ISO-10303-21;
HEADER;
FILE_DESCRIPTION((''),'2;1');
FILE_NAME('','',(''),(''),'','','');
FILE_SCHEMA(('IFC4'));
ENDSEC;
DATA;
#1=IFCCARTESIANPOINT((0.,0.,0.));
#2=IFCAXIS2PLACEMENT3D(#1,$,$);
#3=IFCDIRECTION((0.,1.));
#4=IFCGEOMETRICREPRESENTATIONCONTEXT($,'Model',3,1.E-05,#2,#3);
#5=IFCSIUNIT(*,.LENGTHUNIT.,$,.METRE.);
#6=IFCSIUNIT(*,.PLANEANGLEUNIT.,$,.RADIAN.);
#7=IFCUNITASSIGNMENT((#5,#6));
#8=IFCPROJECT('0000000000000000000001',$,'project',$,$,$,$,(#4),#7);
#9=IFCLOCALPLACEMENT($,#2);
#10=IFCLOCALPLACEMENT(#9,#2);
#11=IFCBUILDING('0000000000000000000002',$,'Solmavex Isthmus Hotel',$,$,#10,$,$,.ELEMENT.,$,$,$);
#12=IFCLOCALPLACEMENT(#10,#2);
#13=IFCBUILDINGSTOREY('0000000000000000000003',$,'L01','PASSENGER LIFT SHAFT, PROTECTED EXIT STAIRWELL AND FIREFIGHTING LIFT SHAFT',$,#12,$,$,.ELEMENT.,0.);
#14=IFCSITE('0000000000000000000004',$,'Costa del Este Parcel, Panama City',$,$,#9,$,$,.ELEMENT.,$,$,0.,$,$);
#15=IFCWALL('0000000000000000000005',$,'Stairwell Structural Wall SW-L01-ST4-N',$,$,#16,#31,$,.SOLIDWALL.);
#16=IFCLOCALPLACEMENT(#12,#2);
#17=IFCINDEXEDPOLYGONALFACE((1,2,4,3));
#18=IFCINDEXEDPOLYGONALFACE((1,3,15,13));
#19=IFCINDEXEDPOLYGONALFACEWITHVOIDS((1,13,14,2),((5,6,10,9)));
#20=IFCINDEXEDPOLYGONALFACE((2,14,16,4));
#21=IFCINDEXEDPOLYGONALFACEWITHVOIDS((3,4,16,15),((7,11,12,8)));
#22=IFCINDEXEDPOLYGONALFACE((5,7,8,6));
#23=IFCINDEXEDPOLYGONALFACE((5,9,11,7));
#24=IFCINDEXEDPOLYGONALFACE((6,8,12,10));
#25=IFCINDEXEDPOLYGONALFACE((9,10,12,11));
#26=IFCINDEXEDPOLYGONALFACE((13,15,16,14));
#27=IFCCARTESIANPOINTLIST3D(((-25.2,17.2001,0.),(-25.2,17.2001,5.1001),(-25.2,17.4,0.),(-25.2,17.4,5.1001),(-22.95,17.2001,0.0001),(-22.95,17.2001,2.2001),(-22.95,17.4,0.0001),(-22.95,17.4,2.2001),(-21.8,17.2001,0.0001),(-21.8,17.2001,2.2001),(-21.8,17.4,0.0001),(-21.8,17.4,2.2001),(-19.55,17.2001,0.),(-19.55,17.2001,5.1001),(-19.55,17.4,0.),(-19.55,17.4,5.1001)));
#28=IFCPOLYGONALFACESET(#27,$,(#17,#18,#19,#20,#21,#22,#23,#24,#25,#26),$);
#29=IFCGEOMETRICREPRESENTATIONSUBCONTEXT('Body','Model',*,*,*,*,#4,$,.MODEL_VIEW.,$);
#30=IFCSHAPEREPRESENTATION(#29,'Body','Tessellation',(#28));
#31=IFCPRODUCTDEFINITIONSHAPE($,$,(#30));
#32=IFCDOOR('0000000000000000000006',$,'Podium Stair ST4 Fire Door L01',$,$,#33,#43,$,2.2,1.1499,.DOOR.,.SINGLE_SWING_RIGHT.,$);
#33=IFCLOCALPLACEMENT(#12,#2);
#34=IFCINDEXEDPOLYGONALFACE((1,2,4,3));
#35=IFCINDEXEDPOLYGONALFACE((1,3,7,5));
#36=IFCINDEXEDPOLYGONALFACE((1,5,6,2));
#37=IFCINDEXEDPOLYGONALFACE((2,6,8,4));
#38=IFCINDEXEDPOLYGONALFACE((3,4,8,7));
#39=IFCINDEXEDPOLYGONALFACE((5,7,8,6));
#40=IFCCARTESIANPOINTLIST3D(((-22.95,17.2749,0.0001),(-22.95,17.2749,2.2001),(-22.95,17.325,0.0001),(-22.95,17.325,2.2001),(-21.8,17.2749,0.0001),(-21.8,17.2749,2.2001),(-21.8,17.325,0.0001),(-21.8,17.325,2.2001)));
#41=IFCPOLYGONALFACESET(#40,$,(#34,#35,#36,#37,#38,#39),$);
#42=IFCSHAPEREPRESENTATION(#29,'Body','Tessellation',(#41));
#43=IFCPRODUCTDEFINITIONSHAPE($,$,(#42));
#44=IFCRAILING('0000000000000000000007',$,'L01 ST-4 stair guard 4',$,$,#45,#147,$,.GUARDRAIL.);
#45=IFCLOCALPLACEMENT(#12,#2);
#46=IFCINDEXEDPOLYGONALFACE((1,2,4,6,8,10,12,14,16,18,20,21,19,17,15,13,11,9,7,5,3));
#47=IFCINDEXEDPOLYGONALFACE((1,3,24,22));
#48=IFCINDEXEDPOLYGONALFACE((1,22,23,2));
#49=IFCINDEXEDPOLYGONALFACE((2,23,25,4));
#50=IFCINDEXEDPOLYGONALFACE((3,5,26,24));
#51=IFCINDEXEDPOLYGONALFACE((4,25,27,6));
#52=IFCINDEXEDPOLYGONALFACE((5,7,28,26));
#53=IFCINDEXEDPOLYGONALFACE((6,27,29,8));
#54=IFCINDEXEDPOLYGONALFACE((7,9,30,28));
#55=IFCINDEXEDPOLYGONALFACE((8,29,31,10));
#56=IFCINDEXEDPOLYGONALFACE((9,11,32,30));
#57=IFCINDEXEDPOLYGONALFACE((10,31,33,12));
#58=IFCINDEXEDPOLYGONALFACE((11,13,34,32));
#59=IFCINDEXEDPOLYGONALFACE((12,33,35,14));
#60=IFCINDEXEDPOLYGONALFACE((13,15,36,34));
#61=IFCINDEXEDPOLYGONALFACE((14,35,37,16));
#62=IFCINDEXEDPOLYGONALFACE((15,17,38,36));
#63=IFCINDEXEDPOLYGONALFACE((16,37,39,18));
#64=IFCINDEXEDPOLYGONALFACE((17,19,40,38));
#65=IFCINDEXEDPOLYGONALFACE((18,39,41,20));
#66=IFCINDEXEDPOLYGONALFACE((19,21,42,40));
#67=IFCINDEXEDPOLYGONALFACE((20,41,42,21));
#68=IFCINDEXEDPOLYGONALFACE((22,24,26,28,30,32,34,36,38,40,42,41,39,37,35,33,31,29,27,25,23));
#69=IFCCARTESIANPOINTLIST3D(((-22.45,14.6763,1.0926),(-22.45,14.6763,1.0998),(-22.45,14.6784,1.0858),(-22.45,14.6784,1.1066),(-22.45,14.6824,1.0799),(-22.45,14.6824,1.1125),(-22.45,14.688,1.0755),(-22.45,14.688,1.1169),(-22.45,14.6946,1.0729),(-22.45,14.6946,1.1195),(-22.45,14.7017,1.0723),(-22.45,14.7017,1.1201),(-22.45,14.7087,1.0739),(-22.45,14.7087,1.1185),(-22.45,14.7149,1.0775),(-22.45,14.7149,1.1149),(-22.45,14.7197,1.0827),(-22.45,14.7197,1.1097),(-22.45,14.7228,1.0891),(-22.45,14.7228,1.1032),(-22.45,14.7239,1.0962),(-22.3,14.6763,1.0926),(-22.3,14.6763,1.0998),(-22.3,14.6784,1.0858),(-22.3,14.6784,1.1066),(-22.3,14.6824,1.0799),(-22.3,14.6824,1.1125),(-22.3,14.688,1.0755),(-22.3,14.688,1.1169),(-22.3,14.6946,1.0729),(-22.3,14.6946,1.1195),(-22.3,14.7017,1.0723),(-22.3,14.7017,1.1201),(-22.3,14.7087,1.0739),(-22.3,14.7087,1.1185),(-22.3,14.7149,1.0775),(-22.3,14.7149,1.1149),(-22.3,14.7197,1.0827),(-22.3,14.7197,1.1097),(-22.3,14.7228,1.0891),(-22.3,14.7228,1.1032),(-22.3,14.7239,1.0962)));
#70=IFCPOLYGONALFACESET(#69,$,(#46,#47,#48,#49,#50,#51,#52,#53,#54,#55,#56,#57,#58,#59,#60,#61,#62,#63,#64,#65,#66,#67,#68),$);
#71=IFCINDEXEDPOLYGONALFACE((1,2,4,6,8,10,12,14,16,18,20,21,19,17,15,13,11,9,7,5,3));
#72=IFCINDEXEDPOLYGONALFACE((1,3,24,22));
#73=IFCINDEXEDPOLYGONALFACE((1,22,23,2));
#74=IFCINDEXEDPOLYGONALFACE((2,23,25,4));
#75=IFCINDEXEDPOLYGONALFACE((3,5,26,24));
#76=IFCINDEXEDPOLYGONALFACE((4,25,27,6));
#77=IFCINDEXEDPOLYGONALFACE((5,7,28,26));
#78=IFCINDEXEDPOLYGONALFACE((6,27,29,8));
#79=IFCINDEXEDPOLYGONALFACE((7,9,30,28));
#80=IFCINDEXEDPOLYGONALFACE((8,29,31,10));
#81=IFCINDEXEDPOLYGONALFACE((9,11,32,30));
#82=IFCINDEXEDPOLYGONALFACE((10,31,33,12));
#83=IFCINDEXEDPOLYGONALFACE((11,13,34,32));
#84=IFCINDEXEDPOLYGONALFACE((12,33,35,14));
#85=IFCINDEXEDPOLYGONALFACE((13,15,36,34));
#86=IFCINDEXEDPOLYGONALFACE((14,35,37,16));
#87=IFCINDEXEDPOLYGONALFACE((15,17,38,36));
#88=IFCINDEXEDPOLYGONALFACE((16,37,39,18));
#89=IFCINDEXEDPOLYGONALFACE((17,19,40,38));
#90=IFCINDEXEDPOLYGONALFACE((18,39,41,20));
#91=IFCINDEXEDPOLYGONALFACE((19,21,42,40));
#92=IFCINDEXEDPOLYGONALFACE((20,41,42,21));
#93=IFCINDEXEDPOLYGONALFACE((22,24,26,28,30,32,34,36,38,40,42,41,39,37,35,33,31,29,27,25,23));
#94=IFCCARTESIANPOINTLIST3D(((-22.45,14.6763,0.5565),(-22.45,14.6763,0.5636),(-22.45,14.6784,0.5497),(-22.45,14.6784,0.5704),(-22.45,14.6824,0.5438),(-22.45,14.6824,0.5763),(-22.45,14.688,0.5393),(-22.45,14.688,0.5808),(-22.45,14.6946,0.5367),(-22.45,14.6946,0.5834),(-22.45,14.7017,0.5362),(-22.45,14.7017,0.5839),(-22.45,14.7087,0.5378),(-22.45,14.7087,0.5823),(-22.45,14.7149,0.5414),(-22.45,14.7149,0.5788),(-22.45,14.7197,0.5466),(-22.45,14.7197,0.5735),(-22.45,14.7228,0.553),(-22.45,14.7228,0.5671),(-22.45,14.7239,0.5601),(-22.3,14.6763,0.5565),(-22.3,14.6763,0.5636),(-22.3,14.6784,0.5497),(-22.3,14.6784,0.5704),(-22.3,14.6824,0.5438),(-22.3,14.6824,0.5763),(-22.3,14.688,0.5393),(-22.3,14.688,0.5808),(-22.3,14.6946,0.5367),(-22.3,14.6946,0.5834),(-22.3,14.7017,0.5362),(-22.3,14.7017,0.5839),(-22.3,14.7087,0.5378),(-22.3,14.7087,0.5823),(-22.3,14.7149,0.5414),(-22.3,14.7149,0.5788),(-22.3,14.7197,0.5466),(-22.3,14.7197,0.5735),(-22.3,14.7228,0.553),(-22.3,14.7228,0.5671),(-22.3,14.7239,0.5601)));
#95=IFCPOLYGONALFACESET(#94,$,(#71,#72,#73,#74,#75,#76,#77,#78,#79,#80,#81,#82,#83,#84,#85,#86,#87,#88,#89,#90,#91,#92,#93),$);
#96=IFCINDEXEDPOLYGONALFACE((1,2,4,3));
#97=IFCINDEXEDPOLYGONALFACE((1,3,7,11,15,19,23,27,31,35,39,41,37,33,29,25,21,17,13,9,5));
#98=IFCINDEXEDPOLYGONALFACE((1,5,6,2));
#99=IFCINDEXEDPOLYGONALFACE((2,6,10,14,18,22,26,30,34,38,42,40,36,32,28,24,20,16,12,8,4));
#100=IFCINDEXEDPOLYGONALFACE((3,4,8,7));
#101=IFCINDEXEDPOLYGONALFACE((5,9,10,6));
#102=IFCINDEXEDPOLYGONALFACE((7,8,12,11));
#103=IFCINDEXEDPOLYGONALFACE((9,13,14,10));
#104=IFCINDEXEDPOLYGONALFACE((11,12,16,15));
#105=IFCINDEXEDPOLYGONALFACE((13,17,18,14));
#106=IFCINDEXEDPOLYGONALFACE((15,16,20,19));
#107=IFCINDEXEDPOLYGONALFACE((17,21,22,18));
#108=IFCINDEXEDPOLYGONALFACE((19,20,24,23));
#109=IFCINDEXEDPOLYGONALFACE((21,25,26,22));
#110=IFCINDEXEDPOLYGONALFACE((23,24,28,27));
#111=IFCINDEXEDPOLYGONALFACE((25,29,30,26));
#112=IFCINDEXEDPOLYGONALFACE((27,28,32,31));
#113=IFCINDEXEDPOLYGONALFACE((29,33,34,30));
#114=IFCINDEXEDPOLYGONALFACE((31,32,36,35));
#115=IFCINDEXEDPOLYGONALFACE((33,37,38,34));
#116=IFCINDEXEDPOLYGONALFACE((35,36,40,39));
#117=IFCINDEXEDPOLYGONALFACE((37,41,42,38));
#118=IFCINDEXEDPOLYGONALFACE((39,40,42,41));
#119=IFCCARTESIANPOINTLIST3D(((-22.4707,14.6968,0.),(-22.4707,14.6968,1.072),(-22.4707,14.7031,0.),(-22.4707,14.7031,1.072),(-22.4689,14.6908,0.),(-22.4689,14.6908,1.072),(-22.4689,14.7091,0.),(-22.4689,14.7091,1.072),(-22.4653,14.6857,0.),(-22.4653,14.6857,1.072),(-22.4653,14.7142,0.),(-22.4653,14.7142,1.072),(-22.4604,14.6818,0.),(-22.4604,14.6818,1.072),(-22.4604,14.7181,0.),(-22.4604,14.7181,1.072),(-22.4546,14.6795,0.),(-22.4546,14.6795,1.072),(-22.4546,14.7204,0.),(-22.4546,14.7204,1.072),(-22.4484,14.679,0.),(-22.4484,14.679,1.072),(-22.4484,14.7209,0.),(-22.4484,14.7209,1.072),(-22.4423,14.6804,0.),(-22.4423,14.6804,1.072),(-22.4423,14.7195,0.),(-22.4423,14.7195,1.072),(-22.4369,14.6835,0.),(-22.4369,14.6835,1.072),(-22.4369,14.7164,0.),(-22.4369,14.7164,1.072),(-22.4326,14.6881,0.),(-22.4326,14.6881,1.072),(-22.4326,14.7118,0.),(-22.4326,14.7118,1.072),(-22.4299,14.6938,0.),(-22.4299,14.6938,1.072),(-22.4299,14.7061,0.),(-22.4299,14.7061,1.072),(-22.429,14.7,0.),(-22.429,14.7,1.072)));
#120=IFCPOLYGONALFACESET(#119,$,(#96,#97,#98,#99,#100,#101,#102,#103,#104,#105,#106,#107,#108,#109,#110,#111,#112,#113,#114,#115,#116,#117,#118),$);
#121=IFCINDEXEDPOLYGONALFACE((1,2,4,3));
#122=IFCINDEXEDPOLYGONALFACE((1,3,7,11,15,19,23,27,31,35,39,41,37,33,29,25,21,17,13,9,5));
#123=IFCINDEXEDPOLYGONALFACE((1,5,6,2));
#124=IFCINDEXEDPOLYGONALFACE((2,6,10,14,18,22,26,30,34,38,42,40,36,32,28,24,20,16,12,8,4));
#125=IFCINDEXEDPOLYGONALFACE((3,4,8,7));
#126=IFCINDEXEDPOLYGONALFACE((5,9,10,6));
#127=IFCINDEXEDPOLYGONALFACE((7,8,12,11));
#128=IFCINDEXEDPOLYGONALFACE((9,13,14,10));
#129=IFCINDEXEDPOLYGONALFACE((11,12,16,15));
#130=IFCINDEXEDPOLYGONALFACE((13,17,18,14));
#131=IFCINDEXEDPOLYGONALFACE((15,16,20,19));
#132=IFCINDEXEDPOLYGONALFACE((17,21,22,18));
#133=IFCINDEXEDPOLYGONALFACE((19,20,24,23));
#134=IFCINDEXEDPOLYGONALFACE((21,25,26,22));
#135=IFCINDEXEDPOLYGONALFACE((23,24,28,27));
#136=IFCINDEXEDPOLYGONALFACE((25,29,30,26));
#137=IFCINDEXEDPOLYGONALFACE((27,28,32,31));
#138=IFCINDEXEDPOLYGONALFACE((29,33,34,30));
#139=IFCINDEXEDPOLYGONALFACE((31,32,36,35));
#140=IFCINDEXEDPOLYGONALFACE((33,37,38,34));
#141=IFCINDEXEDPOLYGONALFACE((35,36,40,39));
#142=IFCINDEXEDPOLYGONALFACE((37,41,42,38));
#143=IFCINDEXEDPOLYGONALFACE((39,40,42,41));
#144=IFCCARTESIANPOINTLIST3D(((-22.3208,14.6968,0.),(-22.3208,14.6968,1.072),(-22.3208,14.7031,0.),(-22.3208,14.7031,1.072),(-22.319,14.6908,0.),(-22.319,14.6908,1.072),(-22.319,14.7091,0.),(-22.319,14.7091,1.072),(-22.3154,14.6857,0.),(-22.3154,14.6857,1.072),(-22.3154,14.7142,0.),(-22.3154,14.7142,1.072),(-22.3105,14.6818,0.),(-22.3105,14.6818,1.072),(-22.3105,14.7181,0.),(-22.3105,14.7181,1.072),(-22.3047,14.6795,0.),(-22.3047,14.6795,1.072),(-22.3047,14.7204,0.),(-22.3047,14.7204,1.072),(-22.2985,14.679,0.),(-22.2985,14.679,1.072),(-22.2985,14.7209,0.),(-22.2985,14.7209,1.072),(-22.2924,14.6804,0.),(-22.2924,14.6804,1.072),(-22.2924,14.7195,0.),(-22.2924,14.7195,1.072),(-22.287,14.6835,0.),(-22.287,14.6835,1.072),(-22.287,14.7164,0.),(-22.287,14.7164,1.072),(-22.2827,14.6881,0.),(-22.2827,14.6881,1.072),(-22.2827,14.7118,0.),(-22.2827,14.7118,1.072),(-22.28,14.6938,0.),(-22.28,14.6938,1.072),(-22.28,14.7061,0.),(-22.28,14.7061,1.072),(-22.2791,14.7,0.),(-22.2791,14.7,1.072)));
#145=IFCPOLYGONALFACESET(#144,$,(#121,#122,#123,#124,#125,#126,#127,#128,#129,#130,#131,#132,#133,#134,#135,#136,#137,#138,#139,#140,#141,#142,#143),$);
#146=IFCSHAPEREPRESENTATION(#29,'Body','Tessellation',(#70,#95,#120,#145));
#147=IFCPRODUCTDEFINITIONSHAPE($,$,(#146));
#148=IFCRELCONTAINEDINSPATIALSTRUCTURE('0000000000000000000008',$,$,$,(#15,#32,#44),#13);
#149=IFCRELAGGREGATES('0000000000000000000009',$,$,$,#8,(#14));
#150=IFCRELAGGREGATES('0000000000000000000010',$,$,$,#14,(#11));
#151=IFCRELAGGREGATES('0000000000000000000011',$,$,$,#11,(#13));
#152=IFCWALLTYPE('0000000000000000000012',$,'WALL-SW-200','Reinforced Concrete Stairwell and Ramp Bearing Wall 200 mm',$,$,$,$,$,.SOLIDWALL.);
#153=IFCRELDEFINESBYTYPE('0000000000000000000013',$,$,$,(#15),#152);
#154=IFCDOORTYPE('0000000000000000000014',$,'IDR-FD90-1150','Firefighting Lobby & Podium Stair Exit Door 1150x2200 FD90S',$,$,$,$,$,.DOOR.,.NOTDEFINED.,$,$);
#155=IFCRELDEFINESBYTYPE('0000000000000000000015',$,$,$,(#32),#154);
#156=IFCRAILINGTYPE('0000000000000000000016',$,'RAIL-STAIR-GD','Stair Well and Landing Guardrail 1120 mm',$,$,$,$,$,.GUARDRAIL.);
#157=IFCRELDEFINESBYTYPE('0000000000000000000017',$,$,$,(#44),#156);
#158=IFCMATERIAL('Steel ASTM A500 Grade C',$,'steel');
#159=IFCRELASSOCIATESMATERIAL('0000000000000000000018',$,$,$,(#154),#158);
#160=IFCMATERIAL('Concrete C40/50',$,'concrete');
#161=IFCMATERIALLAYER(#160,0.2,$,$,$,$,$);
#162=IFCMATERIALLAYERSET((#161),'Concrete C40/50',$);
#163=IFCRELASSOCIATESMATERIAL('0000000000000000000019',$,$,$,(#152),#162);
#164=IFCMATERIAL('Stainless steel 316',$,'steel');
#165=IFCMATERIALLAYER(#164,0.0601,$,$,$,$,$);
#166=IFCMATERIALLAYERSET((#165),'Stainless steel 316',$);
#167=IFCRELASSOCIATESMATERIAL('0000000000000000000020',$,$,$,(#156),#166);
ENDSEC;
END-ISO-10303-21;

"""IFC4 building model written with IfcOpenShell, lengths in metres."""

from ifc_helpers import new_model, si_unit, direction, frame, frame_2d, origin, origin_2d, place, context, subcontext, project, spatial, rectangle, circle, extrude, material, layer, layer_set, type_object, element, fill, save


model = new_model("IFC4")

# Units and contexts
model_context = context("Model", 3, precision=1e-05, world=origin(), true_north=direction((0.0, 1.0)))
body_context = subcontext(model_context, "Body", "Model", "MODEL_VIEW")
ifc_project = project(units=[si_unit("LENGTHUNIT", "METRE"), si_unit("PLANEANGLEUNIT", "RADIAN")], contexts=[model_context])

# Site, building, storey
site_placement = place(None, origin())
site = spatial("IfcSite", under=ifc_project, at=site_placement, Name="Costa del Este Parcel, Panama City", CompositionType="ELEMENT", RefElevation=0.0)
building_placement = place(site_placement, origin())
building = spatial("IfcBuilding", under=site, at=building_placement, Name="Solmavex Isthmus Hotel", CompositionType="ELEMENT")
storey_placement = place(building_placement, origin())
storey = spatial("IfcBuildingStorey", under=building, at=storey_placement, Name="L01", Description="PASSENGER LIFT SHAFT, PROTECTED EXIT STAIRWELL AND FIREFIGHTING LIFT SHAFT", CompositionType="ELEMENT", Elevation=0.0)

# Shared definitions
ifc_material_1 = material(Name="Concrete C40/50", Category="concrete")

# Shared definitions
ifc_material_2 = material(Name="Steel ASTM A500 Grade C", Category="steel")
door_type_1 = type_object("IfcDoorType", Name="IDR-FD90-1150", Description="Firefighting Lobby & Podium Stair Exit Door 1150x2200 FD90S", OperationType="NOTDEFINED", PredefinedType="DOOR", material=ifc_material_2)

# Wall, opening, door
ifc_layer_1 = layer(ifc_material_1, 0.2)
ifc_layer_set_1 = layer_set([ifc_layer_1], Name="Concrete C40/50")
wall_type_1 = type_object("IfcWallType", Name="WALL-SW-200", Description="Reinforced Concrete Stairwell and Ramp Bearing Wall 200 mm", PredefinedType="SOLIDWALL", material=ifc_layer_set_1)
wall_1_placement = place(storey_placement, frame((-25.2, 17.3, 0.0), z_axis=(0.0, 0.0, 1.0), x_axis=(1.0, 0.0, 0.0)))
wall_1 = element("IfcWall", 1, at=wall_1_placement, inside=storey, type_object=wall_type_1, Name="Stairwell Structural Wall SW-L01-ST4-N", PredefinedType="SOLIDWALL", context=body_context, shape_type="SweptSolid", body=[
    extrude(rectangle(XDim=5.6499, YDim=0.2, at=frame_2d((2.825, 0.0))), origin(), (0.0, 0.0, 1.0), 5.1001),
])
opening_1_placement = place(wall_1_placement, frame((2.25, 0.0, 0.0)))
opening_1 = element("IfcOpeningElement", 2, at=opening_1_placement, cuts=wall_1, PredefinedType="OPENING", context=body_context, shape_type="SweptSolid", body=[
    extrude(rectangle(XDim=1.1499, YDim=2.2, at=frame_2d((0.575, 1.1001))), frame((0.0, 0.1099, 0.0), z_axis=(0.0, -1.0, 0.0), x_axis=(1.0, 0.0, 0.0)), (0.0, 0.0, 1.0), 0.22),
])
door_1_placement = place(opening_1_placement, origin())
door_1 = element("IfcDoor", 3, at=door_1_placement, inside=storey, type_object=door_type_1, Name="Podium Stair ST4 Fire Door L01", OperationType="SINGLE_SWING_RIGHT", OverallHeight=2.2, OverallWidth=1.1499, PredefinedType="DOOR", context=body_context, shape_type="SweptSolid", body=[
    extrude(rectangle(XDim=1.1499, YDim=2.2, at=frame_2d((0.575, 1.1001))), frame((0.0, 0.0249, 0.0), z_axis=(0.0, -1.0, 0.0), x_axis=(1.0, 0.0, 0.0)), (0.0, 0.0, 1.0), 0.05),
])
fill(opening_1, door_1)

# Railing
ifc_material_3 = material(Name="Stainless steel 316", Category="steel")
ifc_layer_2 = layer(ifc_material_3, 0.0601)
ifc_layer_set_2 = layer_set([ifc_layer_2], Name="Stainless steel 316")
railing_type = type_object("IfcRailingType", Name="RAIL-STAIR-GD", Description="Stair Well and Landing Guardrail 1120 mm", PredefinedType="GUARDRAIL", material=ifc_layer_set_2)
railing_placement = place(storey_placement, frame((-22.45, 14.7, 0.0)))
element("IfcRailing", 4, at=railing_placement, inside=storey, type_object=railing_type, Name="L01 ST-4 stair guard 4", PredefinedType="GUARDRAIL", context=body_context, shape_type="SweptSolid", body=[
    extrude(circle(Radius=0.0239, at=origin_2d()), frame((0.0, 0.0, 1.0962), z_axis=(1.0, 0.0, 0.0), x_axis=(0.0, 1.0, 0.0)), (0.0, 0.0, 1.0), 0.1499),
    extrude(circle(Radius=0.0239, at=origin_2d()), frame((0.0, 0.0, 0.5601), z_axis=(1.0, 0.0, 0.0), x_axis=(0.0, 1.0, 0.0)), (0.0, 0.0, 1.0), 0.1499),
    extrude(circle(Radius=0.021, at=origin_2d()), origin(), (0.0, 0.0, 1.0), 1.072),
    extrude(circle(Radius=0.021, at=origin_2d()), frame((0.1499, 0.0, 0.0)), (0.0, 0.0, 1.0), 1.072),
])

save(model, "model.ifc")
